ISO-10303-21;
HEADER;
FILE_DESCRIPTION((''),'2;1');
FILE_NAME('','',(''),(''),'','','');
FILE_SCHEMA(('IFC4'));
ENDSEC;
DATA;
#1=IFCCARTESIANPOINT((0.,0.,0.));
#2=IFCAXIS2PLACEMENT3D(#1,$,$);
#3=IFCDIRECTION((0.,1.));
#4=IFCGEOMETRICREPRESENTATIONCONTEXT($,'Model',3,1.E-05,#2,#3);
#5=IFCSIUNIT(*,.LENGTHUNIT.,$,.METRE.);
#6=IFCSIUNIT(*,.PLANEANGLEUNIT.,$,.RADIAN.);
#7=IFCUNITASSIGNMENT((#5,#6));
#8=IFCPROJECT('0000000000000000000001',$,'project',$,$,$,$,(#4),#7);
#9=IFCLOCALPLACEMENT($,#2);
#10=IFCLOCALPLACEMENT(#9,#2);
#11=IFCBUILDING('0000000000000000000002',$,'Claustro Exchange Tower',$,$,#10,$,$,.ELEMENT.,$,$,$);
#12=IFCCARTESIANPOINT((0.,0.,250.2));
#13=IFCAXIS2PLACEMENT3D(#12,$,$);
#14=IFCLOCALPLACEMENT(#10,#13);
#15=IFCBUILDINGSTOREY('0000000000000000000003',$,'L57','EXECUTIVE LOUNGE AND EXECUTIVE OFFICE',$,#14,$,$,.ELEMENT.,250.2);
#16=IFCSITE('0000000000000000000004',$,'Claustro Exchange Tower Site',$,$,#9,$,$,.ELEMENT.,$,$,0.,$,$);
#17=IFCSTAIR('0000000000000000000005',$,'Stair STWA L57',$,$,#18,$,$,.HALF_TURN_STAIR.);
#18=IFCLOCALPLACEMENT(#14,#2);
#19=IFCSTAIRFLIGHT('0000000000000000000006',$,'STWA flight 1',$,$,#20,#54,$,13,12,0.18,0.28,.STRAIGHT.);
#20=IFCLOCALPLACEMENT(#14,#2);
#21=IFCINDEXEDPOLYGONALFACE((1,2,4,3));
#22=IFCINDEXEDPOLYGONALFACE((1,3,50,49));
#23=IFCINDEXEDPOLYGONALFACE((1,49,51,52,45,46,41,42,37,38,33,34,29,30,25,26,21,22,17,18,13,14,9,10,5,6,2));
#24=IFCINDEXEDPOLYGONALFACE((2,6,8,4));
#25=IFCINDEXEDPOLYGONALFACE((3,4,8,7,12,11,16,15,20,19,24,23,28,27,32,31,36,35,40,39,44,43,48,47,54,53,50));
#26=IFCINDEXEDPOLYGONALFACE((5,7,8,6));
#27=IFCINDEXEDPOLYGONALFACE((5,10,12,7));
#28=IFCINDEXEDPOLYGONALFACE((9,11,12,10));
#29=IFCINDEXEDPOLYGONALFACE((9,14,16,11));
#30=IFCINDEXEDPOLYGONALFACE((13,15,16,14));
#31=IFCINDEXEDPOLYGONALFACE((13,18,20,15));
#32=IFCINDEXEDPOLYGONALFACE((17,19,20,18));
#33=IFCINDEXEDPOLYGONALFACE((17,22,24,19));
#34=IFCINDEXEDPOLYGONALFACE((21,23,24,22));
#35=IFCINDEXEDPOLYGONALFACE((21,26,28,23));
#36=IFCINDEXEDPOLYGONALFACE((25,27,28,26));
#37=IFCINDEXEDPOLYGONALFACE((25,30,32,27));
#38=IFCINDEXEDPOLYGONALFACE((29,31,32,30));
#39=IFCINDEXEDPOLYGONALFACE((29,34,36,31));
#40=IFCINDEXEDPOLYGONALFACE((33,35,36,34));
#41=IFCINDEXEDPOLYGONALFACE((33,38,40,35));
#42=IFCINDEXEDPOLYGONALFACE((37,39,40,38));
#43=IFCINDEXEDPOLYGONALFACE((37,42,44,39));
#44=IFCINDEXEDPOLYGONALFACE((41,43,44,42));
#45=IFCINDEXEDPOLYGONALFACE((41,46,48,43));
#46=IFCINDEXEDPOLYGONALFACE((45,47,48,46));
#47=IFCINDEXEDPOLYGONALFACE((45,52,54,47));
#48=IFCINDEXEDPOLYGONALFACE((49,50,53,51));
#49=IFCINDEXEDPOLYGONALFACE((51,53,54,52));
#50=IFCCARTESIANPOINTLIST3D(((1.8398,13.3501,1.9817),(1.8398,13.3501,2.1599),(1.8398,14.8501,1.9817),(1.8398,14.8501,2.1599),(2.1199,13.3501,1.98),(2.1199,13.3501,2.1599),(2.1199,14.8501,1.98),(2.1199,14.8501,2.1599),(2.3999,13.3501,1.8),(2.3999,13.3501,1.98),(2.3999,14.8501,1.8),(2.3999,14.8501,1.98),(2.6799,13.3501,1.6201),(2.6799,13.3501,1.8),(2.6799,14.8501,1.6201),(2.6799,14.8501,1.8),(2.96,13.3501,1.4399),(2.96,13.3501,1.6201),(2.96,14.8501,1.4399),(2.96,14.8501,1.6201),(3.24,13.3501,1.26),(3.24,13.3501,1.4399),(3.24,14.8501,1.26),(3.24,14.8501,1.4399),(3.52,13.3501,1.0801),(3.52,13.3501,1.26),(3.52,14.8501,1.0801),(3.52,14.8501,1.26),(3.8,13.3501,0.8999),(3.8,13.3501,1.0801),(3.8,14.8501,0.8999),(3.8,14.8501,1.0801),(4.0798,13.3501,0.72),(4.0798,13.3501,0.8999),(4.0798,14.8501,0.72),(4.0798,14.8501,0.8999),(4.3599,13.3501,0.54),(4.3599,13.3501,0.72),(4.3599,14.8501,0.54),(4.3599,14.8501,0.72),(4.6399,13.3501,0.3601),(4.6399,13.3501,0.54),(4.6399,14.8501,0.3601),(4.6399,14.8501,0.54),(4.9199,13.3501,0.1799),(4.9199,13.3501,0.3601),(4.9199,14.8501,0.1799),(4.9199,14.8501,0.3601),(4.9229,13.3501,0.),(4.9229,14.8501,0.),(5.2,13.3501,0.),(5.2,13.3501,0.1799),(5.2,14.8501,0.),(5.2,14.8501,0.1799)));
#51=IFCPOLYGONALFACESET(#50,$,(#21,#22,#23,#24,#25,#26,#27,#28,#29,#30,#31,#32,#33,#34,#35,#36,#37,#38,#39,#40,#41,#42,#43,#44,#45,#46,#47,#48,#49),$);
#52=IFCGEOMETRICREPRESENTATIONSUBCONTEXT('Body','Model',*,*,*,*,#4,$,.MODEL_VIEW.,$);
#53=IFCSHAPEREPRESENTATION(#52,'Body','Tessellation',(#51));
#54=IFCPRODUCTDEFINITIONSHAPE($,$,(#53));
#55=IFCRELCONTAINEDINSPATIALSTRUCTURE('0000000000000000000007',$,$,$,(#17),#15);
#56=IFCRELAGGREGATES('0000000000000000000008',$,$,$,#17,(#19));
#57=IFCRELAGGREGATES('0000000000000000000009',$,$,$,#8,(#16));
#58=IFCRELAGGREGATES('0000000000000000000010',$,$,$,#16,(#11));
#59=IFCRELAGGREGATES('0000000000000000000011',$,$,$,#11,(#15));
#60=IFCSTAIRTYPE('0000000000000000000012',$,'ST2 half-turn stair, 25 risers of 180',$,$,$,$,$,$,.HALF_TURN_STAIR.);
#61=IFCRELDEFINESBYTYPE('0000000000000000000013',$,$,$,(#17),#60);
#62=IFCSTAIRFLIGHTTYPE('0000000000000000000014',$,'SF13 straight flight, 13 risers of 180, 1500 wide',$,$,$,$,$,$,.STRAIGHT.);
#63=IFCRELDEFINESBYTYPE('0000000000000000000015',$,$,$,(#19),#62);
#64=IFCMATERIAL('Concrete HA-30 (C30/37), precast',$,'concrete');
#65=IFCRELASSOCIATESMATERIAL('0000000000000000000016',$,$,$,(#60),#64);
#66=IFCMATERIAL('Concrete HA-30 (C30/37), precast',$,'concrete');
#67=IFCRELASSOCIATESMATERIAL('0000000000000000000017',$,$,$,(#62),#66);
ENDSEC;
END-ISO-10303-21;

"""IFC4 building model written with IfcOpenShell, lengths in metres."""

from ifc_helpers import new_model, si_unit, direction, frame, origin, place, context, subcontext, project, spatial, polyline, outline, extrude, material, type_object, element, aggregate, save


model = new_model("IFC4")

# Units and contexts
model_context = context("Model", 3, precision=1e-05, world=origin(), true_north=direction((0.0, 1.0)))
body_context = subcontext(model_context, "Body", "Model", "MODEL_VIEW")
ifc_project = project(units=[si_unit("LENGTHUNIT", "METRE"), si_unit("PLANEANGLEUNIT", "RADIAN")], contexts=[model_context])

# Site, building, storey
site_placement = place(None, origin())
site = spatial("IfcSite", under=ifc_project, at=site_placement, Name="Claustro Exchange Tower Site", CompositionType="ELEMENT", RefElevation=0.0)
building_placement = place(site_placement, origin())
building = spatial("IfcBuilding", under=site, at=building_placement, Name="Claustro Exchange Tower", CompositionType="ELEMENT")
storey_placement = place(building_placement, frame((0.0, 0.0, 250.2)))
storey = spatial("IfcBuildingStorey", under=building, at=storey_placement, Name="L57", Description="EXECUTIVE LOUNGE AND EXECUTIVE OFFICE", CompositionType="ELEMENT", Elevation=250.2)

# Stair, stair flight
ifc_material_1 = material(Name="Concrete HA-30 (C30/37), precast", Category="concrete")
stair_type = type_object("IfcStairType", Name="ST2 half-turn stair, 25 risers of 180", PredefinedType="HALF_TURN_STAIR", material=ifc_material_1)
stair_placement = place(storey_placement, origin())
stair = element("IfcStair", 1, at=stair_placement, inside=storey, type_object=stair_type, Name="Stair STWA L57", PredefinedType="HALF_TURN_STAIR")
ifc_material_2 = material(Name="Concrete HA-30 (C30/37), precast", Category="concrete")
stair_flight_type_1 = type_object("IfcStairFlightType", Name="SF13 straight flight, 13 risers of 180, 1500 wide", PredefinedType="STRAIGHT", material=ifc_material_2)
stair_flight_1_placement = place(storey_placement, frame((5.2, 14.1001, 0.0), z_axis=(0.0, 0.0, 1.0), x_axis=(-1.0, 0.0, 0.0)))
stair_flight_1 = element("IfcStairFlight", 2, at=stair_flight_1_placement, type_object=stair_flight_type_1, Name="STWA flight 1", NumberOfRisers=13, NumberOfTreads=12, PredefinedType="STRAIGHT", RiserHeight=0.18, TreadLength=0.28, context=body_context, shape_type="SweptSolid", body=[
    extrude(outline(polyline([(0.0, 0.0), (0.0, 0.1799), (0.28, 0.1799), (0.28, 0.3601), (0.5601, 0.3601), (0.5601, 0.54), (0.8401, 0.54), (0.8401, 0.72), (1.1201, 0.72), (1.1201, 0.8999), (1.3999, 0.8999), (1.3999, 1.0801), (1.6799, 1.0801), (1.6799, 1.26), (1.96, 1.26), (1.96, 1.4399), (2.24, 1.4399), (2.24, 1.6201), (2.52, 1.6201), (2.52, 1.8), (2.8, 1.8), (2.8, 1.98), (3.0801, 1.98), (3.0801, 2.1599), (3.3601, 2.1599), (3.3601, 2.3401), (3.3601, 1.9817), (0.2771, 0.0), (0.0, 0.0)])), frame((0.0, 0.75, 0.0), z_axis=(0.0, -1.0, 0.0), x_axis=(1.0, 0.0, 0.0)), (0.0, 0.0, 1.0), 1.5),
])
aggregate(stair, [stair_flight_1])

save(model, "model.ifc")
